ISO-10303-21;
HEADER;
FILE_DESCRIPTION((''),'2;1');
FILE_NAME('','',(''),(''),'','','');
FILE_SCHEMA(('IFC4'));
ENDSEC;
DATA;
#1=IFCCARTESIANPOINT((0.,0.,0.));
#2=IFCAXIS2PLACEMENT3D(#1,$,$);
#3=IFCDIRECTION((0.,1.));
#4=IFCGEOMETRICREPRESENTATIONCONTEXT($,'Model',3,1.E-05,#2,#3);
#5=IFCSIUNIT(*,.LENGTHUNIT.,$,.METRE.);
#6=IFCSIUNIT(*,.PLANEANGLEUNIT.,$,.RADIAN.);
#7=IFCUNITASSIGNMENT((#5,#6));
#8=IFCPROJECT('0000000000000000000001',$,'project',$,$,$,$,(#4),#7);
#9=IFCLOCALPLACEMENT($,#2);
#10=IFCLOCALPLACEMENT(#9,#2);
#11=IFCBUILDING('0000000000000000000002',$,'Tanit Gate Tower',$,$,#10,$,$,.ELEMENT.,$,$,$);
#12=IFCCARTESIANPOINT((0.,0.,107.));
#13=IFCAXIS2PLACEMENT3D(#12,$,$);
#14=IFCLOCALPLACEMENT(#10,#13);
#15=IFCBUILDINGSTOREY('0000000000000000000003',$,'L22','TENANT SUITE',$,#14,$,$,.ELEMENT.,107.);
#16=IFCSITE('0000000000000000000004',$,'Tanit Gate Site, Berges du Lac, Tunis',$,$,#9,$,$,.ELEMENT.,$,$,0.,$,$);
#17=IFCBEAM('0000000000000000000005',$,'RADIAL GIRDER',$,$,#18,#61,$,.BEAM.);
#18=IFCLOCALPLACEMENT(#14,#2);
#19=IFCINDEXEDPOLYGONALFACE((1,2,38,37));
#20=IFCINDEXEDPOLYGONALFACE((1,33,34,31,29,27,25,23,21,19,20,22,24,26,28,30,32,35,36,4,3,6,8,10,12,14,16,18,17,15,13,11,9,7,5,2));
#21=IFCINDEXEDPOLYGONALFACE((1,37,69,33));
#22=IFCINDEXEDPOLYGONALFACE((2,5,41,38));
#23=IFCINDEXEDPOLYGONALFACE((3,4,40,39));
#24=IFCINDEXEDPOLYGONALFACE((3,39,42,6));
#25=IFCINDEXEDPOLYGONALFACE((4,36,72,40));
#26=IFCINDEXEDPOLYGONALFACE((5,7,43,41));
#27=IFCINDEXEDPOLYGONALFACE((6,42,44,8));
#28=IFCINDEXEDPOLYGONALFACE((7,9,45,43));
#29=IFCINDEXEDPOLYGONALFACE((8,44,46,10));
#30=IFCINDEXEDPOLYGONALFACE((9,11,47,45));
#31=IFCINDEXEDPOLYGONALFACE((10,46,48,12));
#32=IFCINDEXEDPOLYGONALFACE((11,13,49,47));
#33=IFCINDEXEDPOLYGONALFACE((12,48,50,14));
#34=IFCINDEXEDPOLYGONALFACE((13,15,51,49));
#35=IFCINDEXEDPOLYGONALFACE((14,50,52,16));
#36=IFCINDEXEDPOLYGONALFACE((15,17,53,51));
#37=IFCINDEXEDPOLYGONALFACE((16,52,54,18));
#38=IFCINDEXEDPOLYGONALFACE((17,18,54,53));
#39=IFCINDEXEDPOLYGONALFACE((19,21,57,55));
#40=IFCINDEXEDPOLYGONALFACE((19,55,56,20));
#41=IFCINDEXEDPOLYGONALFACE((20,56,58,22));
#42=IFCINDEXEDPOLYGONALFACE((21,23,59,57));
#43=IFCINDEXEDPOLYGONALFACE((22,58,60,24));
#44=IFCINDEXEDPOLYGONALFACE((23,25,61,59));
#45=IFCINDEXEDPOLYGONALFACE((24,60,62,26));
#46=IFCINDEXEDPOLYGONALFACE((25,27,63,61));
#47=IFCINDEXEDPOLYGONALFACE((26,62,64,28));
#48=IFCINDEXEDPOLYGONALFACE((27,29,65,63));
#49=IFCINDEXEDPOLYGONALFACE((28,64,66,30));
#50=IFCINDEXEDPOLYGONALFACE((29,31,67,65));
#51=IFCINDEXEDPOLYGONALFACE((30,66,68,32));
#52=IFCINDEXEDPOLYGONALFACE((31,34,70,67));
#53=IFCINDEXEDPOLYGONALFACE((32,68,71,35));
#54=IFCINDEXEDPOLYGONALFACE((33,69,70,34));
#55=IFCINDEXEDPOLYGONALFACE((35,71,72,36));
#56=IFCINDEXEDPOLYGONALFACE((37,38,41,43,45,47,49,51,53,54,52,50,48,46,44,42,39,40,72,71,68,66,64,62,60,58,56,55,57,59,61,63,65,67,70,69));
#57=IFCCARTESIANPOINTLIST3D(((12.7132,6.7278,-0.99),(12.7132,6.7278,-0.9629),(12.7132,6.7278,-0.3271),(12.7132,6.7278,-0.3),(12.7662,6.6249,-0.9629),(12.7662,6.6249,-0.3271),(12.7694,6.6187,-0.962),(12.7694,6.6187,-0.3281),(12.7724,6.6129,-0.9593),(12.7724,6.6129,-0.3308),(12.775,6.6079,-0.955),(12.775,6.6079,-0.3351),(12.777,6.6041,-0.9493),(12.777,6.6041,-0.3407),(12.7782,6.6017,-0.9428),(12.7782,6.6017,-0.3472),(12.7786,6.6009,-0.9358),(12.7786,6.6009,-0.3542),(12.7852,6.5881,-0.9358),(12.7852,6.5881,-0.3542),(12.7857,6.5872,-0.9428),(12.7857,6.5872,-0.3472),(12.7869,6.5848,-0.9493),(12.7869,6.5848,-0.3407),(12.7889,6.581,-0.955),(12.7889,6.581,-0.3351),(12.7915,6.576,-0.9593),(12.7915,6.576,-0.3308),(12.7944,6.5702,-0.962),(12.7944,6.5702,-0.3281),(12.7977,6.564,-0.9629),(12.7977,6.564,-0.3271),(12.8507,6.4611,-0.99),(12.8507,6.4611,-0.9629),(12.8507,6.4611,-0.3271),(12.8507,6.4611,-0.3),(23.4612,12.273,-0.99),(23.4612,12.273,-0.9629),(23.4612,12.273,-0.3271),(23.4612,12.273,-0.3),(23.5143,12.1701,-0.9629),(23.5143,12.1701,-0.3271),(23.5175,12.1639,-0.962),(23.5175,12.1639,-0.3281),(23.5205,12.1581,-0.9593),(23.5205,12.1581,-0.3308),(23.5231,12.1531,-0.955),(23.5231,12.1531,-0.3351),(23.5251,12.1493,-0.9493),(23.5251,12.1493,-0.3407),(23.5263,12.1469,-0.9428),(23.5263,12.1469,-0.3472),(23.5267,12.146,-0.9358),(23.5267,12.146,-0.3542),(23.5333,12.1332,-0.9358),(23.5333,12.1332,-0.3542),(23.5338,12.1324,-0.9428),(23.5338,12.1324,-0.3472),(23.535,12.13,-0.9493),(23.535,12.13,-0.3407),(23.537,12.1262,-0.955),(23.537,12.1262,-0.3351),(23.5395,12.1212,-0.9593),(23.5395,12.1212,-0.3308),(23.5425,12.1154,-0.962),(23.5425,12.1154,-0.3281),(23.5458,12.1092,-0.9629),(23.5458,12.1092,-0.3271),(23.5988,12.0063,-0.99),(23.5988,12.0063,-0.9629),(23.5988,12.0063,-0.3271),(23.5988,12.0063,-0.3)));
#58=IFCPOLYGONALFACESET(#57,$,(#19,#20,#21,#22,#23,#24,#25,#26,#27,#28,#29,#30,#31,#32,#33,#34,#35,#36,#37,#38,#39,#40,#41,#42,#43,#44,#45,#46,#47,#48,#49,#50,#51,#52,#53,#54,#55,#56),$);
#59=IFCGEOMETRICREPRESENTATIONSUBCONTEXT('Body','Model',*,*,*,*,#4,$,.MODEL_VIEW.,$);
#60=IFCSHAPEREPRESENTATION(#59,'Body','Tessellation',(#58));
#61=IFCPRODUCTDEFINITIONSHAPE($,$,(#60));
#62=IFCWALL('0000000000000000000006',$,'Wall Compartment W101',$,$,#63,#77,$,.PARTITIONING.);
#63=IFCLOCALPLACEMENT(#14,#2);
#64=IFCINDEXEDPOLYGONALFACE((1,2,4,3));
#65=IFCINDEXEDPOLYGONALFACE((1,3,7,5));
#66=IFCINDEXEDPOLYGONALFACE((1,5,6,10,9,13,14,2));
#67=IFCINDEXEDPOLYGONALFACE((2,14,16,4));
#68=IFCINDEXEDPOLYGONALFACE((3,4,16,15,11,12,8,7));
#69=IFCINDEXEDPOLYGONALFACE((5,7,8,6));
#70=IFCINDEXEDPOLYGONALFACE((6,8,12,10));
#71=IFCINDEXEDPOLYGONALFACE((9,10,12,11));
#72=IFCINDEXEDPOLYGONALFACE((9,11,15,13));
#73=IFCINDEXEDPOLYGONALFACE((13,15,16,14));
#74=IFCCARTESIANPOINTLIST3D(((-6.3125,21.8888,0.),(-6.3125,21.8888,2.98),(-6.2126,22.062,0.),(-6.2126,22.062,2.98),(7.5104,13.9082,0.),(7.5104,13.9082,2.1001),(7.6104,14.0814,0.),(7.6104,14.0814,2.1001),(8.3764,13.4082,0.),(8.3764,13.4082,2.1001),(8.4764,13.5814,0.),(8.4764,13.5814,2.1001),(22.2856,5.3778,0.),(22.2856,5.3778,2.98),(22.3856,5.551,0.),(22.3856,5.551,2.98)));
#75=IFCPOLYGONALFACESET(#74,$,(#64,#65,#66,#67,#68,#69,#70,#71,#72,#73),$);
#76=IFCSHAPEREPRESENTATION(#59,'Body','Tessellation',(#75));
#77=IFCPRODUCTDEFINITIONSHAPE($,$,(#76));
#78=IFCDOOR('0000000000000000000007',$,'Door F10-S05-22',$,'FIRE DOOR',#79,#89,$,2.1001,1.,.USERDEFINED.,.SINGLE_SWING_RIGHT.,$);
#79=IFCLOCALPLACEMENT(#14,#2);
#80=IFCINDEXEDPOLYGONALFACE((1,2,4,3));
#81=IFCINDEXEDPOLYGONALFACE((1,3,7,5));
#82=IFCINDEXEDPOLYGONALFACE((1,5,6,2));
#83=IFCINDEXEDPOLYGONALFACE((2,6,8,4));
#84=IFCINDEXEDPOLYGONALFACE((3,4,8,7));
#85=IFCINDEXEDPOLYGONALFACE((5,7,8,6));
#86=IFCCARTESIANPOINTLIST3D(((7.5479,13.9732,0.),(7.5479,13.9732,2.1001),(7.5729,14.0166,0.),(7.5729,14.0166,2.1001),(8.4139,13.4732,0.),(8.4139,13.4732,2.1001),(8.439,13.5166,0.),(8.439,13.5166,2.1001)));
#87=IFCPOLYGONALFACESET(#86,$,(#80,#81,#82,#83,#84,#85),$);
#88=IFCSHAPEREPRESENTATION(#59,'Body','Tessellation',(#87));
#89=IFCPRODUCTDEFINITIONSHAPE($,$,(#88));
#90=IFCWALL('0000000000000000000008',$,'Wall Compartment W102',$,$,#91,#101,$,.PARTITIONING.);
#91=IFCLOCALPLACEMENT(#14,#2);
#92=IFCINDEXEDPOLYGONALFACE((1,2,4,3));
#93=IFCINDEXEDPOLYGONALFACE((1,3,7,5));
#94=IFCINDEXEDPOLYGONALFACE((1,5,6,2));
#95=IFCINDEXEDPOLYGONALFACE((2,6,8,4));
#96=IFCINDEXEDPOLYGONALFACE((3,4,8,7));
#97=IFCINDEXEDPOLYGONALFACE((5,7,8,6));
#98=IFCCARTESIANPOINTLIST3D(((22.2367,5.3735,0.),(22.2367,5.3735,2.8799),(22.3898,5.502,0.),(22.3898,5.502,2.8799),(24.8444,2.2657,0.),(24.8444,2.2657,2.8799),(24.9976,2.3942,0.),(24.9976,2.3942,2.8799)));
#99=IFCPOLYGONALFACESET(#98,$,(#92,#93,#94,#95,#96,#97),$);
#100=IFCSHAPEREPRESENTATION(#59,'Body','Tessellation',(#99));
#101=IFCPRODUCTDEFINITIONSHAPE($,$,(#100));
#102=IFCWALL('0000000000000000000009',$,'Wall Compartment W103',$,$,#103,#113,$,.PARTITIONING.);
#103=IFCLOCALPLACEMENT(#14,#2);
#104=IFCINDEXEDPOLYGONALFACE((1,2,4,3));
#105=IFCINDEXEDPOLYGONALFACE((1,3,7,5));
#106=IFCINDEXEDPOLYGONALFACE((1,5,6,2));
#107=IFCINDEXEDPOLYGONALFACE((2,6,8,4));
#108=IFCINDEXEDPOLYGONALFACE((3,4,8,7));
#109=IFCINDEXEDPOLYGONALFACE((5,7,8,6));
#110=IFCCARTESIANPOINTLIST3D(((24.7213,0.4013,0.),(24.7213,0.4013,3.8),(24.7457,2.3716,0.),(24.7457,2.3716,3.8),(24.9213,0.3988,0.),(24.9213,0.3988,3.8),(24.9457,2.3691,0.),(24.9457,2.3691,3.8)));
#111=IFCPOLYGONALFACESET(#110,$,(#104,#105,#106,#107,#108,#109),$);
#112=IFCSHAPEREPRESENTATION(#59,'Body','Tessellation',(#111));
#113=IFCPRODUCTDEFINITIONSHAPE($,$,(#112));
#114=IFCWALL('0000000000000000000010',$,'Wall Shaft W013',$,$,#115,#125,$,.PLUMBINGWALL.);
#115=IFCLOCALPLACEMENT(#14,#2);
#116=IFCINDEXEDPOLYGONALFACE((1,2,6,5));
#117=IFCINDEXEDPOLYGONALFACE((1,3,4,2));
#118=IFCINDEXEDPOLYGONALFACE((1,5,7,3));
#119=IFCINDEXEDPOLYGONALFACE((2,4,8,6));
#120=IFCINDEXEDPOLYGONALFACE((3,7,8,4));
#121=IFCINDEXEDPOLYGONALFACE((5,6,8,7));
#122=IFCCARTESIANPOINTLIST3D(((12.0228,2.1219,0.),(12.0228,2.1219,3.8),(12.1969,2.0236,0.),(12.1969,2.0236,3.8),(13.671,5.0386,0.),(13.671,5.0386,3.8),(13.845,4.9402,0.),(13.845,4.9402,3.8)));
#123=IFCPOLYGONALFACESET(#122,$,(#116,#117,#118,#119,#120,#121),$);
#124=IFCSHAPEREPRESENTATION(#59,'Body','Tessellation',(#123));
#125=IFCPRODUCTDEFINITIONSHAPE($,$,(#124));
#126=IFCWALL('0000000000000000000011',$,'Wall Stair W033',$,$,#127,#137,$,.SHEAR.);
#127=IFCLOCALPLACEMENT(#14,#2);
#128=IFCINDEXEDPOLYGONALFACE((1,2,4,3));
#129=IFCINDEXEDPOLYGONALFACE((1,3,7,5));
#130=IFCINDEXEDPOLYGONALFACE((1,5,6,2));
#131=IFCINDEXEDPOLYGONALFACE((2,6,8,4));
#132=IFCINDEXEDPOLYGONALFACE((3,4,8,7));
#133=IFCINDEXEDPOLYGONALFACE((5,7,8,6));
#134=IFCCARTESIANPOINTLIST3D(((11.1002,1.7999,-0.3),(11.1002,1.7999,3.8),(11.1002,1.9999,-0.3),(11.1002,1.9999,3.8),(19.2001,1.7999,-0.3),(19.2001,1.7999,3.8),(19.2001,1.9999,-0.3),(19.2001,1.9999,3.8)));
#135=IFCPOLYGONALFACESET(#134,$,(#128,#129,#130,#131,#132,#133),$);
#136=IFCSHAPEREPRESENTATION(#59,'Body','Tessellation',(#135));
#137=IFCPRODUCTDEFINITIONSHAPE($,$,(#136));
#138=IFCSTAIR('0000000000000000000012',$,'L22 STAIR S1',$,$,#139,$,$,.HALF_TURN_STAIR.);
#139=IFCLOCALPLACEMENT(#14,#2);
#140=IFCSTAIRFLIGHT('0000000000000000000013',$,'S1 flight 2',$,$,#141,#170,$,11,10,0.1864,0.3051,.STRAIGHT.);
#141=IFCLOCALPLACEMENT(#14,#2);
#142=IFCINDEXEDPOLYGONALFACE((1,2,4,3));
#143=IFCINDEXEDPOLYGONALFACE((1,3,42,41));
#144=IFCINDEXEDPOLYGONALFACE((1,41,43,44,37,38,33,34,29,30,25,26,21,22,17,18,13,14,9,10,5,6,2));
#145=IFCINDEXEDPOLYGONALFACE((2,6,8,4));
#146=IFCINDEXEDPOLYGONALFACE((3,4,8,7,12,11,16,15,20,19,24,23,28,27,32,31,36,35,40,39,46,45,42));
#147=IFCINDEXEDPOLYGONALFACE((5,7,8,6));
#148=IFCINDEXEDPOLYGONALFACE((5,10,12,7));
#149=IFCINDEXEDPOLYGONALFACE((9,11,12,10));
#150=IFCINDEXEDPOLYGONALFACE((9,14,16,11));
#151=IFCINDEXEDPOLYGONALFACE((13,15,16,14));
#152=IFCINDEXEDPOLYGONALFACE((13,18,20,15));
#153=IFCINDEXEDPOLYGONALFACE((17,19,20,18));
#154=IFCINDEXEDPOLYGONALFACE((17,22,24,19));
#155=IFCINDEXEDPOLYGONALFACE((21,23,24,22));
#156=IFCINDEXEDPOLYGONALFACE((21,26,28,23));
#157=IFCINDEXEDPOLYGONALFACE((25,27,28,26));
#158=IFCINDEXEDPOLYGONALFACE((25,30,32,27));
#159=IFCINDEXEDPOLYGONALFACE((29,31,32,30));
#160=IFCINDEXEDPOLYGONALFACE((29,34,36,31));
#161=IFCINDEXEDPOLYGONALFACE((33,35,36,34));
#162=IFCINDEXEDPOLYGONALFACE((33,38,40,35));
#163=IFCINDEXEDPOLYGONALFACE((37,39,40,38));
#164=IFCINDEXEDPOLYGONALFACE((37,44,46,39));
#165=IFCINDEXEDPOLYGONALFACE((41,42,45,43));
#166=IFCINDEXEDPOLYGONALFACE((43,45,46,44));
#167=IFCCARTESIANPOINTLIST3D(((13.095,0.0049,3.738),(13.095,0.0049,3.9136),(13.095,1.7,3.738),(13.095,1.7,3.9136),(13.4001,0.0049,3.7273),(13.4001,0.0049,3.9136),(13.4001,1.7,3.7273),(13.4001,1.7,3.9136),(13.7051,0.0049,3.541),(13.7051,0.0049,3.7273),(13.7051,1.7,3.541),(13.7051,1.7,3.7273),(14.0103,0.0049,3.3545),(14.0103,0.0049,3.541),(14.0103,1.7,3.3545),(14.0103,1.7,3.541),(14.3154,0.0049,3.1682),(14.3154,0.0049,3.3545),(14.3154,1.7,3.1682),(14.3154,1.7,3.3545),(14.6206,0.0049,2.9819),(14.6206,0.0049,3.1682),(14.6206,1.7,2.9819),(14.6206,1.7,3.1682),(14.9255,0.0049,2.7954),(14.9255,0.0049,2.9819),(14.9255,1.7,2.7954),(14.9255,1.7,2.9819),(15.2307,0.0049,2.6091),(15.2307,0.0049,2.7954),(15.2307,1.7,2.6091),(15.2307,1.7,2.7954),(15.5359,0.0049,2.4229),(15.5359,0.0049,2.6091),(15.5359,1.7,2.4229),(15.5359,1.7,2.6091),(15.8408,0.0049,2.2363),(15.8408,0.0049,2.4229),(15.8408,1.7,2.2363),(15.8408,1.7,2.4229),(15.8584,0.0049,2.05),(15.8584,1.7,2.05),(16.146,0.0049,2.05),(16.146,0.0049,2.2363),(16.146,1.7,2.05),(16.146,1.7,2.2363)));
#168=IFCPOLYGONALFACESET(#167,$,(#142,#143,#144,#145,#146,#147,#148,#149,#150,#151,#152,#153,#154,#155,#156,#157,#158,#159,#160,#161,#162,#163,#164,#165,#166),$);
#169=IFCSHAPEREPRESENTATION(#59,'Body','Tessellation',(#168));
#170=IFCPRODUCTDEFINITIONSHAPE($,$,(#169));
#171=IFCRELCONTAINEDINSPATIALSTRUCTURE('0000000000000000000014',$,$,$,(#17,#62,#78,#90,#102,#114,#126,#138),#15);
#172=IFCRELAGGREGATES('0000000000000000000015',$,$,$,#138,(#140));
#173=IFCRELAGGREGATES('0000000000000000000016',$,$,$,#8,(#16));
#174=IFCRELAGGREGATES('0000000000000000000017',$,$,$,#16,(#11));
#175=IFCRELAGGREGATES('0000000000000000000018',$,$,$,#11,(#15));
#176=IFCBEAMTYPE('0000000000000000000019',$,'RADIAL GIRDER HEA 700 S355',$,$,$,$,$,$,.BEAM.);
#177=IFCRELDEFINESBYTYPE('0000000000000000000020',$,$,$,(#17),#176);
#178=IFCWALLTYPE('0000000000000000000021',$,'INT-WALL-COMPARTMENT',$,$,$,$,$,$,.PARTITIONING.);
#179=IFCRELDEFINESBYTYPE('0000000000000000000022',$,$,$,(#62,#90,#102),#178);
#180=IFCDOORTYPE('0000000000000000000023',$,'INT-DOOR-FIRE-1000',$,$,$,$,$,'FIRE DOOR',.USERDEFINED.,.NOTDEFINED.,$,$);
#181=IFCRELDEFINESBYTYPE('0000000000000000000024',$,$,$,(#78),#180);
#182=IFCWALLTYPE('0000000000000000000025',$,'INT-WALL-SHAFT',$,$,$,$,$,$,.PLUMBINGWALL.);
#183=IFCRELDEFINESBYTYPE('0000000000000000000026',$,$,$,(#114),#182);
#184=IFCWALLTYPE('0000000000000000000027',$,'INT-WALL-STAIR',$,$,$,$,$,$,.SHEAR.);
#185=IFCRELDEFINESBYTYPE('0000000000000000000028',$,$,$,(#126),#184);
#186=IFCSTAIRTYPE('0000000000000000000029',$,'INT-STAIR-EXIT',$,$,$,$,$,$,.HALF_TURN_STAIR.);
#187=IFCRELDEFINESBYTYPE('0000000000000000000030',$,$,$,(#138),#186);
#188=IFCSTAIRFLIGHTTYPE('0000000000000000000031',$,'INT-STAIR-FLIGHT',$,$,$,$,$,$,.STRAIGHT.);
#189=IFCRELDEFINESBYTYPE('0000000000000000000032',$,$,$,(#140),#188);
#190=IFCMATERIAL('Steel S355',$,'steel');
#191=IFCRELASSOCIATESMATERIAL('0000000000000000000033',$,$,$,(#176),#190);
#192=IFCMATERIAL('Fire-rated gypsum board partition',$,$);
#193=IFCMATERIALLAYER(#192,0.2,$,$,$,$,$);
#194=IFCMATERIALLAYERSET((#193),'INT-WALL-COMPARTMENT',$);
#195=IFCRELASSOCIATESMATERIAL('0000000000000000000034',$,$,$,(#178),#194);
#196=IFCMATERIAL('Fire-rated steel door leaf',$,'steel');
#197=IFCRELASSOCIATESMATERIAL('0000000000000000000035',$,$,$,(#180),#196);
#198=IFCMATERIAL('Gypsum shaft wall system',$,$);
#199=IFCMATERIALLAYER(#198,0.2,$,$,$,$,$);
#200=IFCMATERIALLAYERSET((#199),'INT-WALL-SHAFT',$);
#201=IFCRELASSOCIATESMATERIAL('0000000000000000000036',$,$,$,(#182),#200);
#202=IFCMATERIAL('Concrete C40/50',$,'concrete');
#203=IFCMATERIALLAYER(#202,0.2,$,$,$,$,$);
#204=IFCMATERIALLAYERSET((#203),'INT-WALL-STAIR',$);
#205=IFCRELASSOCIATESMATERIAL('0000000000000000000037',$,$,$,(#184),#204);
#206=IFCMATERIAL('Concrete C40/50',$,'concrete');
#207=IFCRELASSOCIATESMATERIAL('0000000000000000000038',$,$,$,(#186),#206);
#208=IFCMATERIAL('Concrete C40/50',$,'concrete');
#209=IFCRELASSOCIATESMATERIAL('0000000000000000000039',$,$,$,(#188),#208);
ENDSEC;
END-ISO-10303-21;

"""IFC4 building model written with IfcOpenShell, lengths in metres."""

from ifc_helpers import new_model, si_unit, direction, frame, frame_2d, origin, origin_2d, place, context, subcontext, project, spatial, polyline, rectangle, i_section, outline, extrude, material, layer, layer_set, material_profile, profile_set, type_object, element, fill, aggregate, save


model = new_model("IFC4")

# Units and contexts
model_context = context("Model", 3, precision=1e-05, world=origin(), true_north=direction((0.0, 1.0)))
body_context = subcontext(model_context, "Body", "Model", "MODEL_VIEW")
ifc_project = project(units=[si_unit("LENGTHUNIT", "METRE"), si_unit("PLANEANGLEUNIT", "RADIAN")], contexts=[model_context])

# Site, building, storey
site_placement = place(None, origin())
site = spatial("IfcSite", under=ifc_project, at=site_placement, Name="Tanit Gate Site, Berges du Lac, Tunis", CompositionType="ELEMENT", RefElevation=0.0)
building_placement = place(site_placement, origin())
building = spatial("IfcBuilding", under=site, at=building_placement, Name="Tanit Gate Tower", CompositionType="ELEMENT")
storey_placement = place(building_placement, frame((0.0, 0.0, 107.0)))
storey = spatial("IfcBuildingStorey", under=building, at=storey_placement, Name="L22", Description="TENANT SUITE", CompositionType="ELEMENT", Elevation=107.0)

# Beam
ifc_material_1 = material(Name="Steel S355", Category="steel")
ifc_material_profile = material_profile(ifc_material_1, i_section(OverallWidth=0.3, OverallDepth=0.6899, WebThickness=0.0144, FlangeThickness=0.0271, FilletRadius=0.0271, at=origin_2d()), Name="HEA 700")
ifc_profile_set = profile_set([ifc_material_profile], Name="Steel S355")
beam_type = type_object("IfcBeamType", Name="RADIAL GIRDER HEA 700 S355", PredefinedType="BEAM", material=ifc_profile_set)
beam_placement = place(storey_placement, frame((23.53, 12.1396, -0.645), z_axis=(-0.888695, -0.458498, 0.0), x_axis=(0.458498, -0.888695, 0.0)))
element("IfcBeam", 1, at=beam_placement, inside=storey, type_object=beam_type, Name="RADIAL GIRDER", PredefinedType="BEAM", context=body_context, shape_type="SweptSolid", body=[
    extrude(i_section(OverallWidth=0.3, OverallDepth=0.6899, WebThickness=0.0144, FlangeThickness=0.0271, FilletRadius=0.0271, at=origin_2d()), origin(), (0.0, 0.0, 1.0), 12.0942),
])

# Wall, opening, door
ifc_material_2 = material(Name="Fire-rated gypsum board partition")
ifc_layer_1 = layer(ifc_material_2, 0.2)
ifc_layer_set_1 = layer_set([ifc_layer_1], Name="INT-WALL-COMPARTMENT")
wall_type_1 = type_object("IfcWallType", Name="INT-WALL-COMPARTMENT", PredefinedType="PARTITIONING", material=ifc_layer_set_1)
wall_1_placement = place(storey_placement, frame((22.3357, 5.4644, 0.0), z_axis=(0.0, 0.0, 1.0), x_axis=(-0.866028, 0.499996, 0.0)))
wall_1 = element("IfcWall", 2, at=wall_1_placement, inside=storey, type_object=wall_type_1, Name="Wall Compartment W101", PredefinedType="PARTITIONING", context=body_context, shape_type="SweptSolid", body=[
    extrude(rectangle(XDim=33.0222, YDim=0.2, at=frame_2d((16.5112, 0.0))), origin(), (0.0, 0.0, 1.0), 2.98),
])
opening_1_placement = place(wall_1_placement, frame((16.061, 0.0, 0.0)))
opening_1 = element("IfcOpeningElement", 3, at=opening_1_placement, cuts=wall_1, PredefinedType="OPENING", context=body_context, shape_type="SweptSolid", body=[
    extrude(rectangle(XDim=1.0, YDim=2.1001, at=frame_2d((0.5, 1.05))), frame((0.0, 0.1099, 0.0), z_axis=(0.0, -1.0, 0.0), x_axis=(1.0, 0.0, 0.0)), (0.0, 0.0, 1.0), 0.22),
])
ifc_material_3 = material(Name="Fire-rated steel door leaf", Category="steel")
door_type_1 = type_object("IfcDoorType", Name="INT-DOOR-FIRE-1000", ElementType="FIRE DOOR", OperationType="NOTDEFINED", PredefinedType="USERDEFINED", material=ifc_material_3)
door_1_placement = place(opening_1_placement, origin())
door_1 = element("IfcDoor", 4, at=door_1_placement, inside=storey, type_object=door_type_1, Name="Door F10-S05-22", ObjectType="FIRE DOOR", OperationType="SINGLE_SWING_RIGHT", OverallHeight=2.1001, OverallWidth=1.0, PredefinedType="USERDEFINED", context=body_context, shape_type="SweptSolid", body=[
    extrude(rectangle(XDim=1.0, YDim=2.1001, at=frame_2d((0.5, 1.05))), frame((0.0, 0.0249, 0.0), z_axis=(0.0, -1.0, 0.0), x_axis=(1.0, 0.0, 0.0)), (0.0, 0.0, 1.0), 0.05),
])
fill(opening_1, door_1)

# Walls
wall_2_placement = place(storey_placement, frame((24.9209, 2.3301, 0.0), z_axis=(0.0, 0.0, 1.0), x_axis=(-0.642791, 0.766041, 0.0)))
element("IfcWall", 5, at=wall_2_placement, inside=storey, type_object=wall_type_1, Name="Wall Compartment W102", PredefinedType="PARTITIONING", context=body_context, shape_type="SweptSolid", body=[
    extrude(rectangle(XDim=4.0569, YDim=0.2, at=frame_2d((2.0283, 0.0))), origin(), (0.0, 0.0, 1.0), 2.8799),
])
wall_3_placement = place(storey_placement, frame((24.8213, 0.3999, 0.0), z_axis=(0.0, 0.0, 1.0), x_axis=(0.012391, 0.999923, 0.0)))
element("IfcWall", 6, at=wall_3_placement, inside=storey, type_object=wall_type_1, Name="Wall Compartment W103", PredefinedType="PARTITIONING", context=body_context, shape_type="SweptSolid", body=[
    extrude(rectangle(XDim=1.9705, YDim=0.2, at=frame_2d((0.9854, 0.0))), origin(), (0.0, 0.0, 1.0), 3.8),
])
ifc_material_4 = material(Name="Gypsum shaft wall system")
ifc_layer_2 = layer(ifc_material_4, 0.2)
ifc_layer_set_2 = layer_set([ifc_layer_2], Name="INT-WALL-SHAFT")
wall_type_2 = type_object("IfcWallType", Name="INT-WALL-SHAFT", PredefinedType="PLUMBINGWALL", material=ifc_layer_set_2)
wall_4_placement = place(storey_placement, frame((12.1099, 2.0728, 0.0), z_axis=(0.0, 0.0, 1.0), x_axis=(0.491966, 0.870614, 0.0)))
element("IfcWall", 7, at=wall_4_placement, inside=storey, type_object=wall_type_2, Name="Wall Shaft W013", PredefinedType="PLUMBINGWALL", context=body_context, shape_type="SweptSolid", body=[
    extrude(rectangle(XDim=3.3501, YDim=0.2, at=frame_2d((1.675, 0.0))), origin(), (0.0, 0.0, 1.0), 3.8),
])
ifc_material_5 = material(Name="Concrete C40/50", Category="concrete")
ifc_layer_3 = layer(ifc_material_5, 0.2)
ifc_layer_set_3 = layer_set([ifc_layer_3], Name="INT-WALL-STAIR")
wall_type_3 = type_object("IfcWallType", Name="INT-WALL-STAIR", PredefinedType="SHEAR", material=ifc_layer_set_3)
wall_5_placement = place(storey_placement, frame((19.2, 1.8999, -0.3), z_axis=(0.0, 0.0, 1.0), x_axis=(-1.0, 0.0, 0.0)))
element("IfcWall", 8, at=wall_5_placement, inside=storey, type_object=wall_type_3, Name="Wall Stair W033", PredefinedType="SHEAR", context=body_context, shape_type="SweptSolid", body=[
    extrude(rectangle(XDim=8.0999, YDim=0.2, at=frame_2d((4.0498, 0.0))), origin(), (0.0, 0.0, 1.0), 4.1001),
])

# Stair, stair flight
ifc_material_6 = material(Name="Concrete C40/50", Category="concrete")
stair_type = type_object("IfcStairType", Name="INT-STAIR-EXIT", PredefinedType="HALF_TURN_STAIR", material=ifc_material_6)
stair_placement = place(storey_placement, origin())
stair = element("IfcStair", 9, at=stair_placement, inside=storey, type_object=stair_type, Name="L22 STAIR S1", PredefinedType="HALF_TURN_STAIR")
ifc_material_7 = material(Name="Concrete C40/50", Category="concrete")
stair_flight_type = type_object("IfcStairFlightType", Name="INT-STAIR-FLIGHT", PredefinedType="STRAIGHT", material=ifc_material_7)
stair_flight_placement = place(storey_placement, frame((16.146, 0.8525, 2.05), z_axis=(0.0, 0.0, 1.0), x_axis=(-1.0, 0.0, 0.0)))
stair_flight = element("IfcStairFlight", 10, at=stair_flight_placement, type_object=stair_flight_type, Name="S1 flight 2", NumberOfRisers=11, NumberOfTreads=10, PredefinedType="STRAIGHT", RiserHeight=0.1864, TreadLength=0.3051, context=body_context, shape_type="SweptSolid", body=[
    extrude(outline(polyline([(0.0, 0.0), (0.0, 0.1863), (0.3052, 0.1863), (0.3052, 0.3728), (0.6101, 0.3728), (0.6101, 0.5591), (0.9153, 0.5591), (0.9153, 0.7454), (1.2205, 0.7454), (1.2205, 0.9319), (1.5254, 0.9319), (1.5254, 1.1182), (1.8306, 1.1182), (1.8306, 1.3044), (2.1357, 1.3044), (2.1357, 1.491), (2.4409, 1.491), (2.4409, 1.6772), (2.7458, 1.6772), (2.7458, 1.8635), (3.051, 1.8635), (3.051, 2.05), (3.051, 1.688), (0.2876, 0.0), (0.0, 0.0)])), frame((0.0, 0.8477, 0.0), z_axis=(0.0, -1.0, 0.0), x_axis=(1.0, 0.0, 0.0)), (0.0, 0.0, 1.0), 1.6951),
])
aggregate(stair, [stair_flight])

save(model, "model.ifc")
